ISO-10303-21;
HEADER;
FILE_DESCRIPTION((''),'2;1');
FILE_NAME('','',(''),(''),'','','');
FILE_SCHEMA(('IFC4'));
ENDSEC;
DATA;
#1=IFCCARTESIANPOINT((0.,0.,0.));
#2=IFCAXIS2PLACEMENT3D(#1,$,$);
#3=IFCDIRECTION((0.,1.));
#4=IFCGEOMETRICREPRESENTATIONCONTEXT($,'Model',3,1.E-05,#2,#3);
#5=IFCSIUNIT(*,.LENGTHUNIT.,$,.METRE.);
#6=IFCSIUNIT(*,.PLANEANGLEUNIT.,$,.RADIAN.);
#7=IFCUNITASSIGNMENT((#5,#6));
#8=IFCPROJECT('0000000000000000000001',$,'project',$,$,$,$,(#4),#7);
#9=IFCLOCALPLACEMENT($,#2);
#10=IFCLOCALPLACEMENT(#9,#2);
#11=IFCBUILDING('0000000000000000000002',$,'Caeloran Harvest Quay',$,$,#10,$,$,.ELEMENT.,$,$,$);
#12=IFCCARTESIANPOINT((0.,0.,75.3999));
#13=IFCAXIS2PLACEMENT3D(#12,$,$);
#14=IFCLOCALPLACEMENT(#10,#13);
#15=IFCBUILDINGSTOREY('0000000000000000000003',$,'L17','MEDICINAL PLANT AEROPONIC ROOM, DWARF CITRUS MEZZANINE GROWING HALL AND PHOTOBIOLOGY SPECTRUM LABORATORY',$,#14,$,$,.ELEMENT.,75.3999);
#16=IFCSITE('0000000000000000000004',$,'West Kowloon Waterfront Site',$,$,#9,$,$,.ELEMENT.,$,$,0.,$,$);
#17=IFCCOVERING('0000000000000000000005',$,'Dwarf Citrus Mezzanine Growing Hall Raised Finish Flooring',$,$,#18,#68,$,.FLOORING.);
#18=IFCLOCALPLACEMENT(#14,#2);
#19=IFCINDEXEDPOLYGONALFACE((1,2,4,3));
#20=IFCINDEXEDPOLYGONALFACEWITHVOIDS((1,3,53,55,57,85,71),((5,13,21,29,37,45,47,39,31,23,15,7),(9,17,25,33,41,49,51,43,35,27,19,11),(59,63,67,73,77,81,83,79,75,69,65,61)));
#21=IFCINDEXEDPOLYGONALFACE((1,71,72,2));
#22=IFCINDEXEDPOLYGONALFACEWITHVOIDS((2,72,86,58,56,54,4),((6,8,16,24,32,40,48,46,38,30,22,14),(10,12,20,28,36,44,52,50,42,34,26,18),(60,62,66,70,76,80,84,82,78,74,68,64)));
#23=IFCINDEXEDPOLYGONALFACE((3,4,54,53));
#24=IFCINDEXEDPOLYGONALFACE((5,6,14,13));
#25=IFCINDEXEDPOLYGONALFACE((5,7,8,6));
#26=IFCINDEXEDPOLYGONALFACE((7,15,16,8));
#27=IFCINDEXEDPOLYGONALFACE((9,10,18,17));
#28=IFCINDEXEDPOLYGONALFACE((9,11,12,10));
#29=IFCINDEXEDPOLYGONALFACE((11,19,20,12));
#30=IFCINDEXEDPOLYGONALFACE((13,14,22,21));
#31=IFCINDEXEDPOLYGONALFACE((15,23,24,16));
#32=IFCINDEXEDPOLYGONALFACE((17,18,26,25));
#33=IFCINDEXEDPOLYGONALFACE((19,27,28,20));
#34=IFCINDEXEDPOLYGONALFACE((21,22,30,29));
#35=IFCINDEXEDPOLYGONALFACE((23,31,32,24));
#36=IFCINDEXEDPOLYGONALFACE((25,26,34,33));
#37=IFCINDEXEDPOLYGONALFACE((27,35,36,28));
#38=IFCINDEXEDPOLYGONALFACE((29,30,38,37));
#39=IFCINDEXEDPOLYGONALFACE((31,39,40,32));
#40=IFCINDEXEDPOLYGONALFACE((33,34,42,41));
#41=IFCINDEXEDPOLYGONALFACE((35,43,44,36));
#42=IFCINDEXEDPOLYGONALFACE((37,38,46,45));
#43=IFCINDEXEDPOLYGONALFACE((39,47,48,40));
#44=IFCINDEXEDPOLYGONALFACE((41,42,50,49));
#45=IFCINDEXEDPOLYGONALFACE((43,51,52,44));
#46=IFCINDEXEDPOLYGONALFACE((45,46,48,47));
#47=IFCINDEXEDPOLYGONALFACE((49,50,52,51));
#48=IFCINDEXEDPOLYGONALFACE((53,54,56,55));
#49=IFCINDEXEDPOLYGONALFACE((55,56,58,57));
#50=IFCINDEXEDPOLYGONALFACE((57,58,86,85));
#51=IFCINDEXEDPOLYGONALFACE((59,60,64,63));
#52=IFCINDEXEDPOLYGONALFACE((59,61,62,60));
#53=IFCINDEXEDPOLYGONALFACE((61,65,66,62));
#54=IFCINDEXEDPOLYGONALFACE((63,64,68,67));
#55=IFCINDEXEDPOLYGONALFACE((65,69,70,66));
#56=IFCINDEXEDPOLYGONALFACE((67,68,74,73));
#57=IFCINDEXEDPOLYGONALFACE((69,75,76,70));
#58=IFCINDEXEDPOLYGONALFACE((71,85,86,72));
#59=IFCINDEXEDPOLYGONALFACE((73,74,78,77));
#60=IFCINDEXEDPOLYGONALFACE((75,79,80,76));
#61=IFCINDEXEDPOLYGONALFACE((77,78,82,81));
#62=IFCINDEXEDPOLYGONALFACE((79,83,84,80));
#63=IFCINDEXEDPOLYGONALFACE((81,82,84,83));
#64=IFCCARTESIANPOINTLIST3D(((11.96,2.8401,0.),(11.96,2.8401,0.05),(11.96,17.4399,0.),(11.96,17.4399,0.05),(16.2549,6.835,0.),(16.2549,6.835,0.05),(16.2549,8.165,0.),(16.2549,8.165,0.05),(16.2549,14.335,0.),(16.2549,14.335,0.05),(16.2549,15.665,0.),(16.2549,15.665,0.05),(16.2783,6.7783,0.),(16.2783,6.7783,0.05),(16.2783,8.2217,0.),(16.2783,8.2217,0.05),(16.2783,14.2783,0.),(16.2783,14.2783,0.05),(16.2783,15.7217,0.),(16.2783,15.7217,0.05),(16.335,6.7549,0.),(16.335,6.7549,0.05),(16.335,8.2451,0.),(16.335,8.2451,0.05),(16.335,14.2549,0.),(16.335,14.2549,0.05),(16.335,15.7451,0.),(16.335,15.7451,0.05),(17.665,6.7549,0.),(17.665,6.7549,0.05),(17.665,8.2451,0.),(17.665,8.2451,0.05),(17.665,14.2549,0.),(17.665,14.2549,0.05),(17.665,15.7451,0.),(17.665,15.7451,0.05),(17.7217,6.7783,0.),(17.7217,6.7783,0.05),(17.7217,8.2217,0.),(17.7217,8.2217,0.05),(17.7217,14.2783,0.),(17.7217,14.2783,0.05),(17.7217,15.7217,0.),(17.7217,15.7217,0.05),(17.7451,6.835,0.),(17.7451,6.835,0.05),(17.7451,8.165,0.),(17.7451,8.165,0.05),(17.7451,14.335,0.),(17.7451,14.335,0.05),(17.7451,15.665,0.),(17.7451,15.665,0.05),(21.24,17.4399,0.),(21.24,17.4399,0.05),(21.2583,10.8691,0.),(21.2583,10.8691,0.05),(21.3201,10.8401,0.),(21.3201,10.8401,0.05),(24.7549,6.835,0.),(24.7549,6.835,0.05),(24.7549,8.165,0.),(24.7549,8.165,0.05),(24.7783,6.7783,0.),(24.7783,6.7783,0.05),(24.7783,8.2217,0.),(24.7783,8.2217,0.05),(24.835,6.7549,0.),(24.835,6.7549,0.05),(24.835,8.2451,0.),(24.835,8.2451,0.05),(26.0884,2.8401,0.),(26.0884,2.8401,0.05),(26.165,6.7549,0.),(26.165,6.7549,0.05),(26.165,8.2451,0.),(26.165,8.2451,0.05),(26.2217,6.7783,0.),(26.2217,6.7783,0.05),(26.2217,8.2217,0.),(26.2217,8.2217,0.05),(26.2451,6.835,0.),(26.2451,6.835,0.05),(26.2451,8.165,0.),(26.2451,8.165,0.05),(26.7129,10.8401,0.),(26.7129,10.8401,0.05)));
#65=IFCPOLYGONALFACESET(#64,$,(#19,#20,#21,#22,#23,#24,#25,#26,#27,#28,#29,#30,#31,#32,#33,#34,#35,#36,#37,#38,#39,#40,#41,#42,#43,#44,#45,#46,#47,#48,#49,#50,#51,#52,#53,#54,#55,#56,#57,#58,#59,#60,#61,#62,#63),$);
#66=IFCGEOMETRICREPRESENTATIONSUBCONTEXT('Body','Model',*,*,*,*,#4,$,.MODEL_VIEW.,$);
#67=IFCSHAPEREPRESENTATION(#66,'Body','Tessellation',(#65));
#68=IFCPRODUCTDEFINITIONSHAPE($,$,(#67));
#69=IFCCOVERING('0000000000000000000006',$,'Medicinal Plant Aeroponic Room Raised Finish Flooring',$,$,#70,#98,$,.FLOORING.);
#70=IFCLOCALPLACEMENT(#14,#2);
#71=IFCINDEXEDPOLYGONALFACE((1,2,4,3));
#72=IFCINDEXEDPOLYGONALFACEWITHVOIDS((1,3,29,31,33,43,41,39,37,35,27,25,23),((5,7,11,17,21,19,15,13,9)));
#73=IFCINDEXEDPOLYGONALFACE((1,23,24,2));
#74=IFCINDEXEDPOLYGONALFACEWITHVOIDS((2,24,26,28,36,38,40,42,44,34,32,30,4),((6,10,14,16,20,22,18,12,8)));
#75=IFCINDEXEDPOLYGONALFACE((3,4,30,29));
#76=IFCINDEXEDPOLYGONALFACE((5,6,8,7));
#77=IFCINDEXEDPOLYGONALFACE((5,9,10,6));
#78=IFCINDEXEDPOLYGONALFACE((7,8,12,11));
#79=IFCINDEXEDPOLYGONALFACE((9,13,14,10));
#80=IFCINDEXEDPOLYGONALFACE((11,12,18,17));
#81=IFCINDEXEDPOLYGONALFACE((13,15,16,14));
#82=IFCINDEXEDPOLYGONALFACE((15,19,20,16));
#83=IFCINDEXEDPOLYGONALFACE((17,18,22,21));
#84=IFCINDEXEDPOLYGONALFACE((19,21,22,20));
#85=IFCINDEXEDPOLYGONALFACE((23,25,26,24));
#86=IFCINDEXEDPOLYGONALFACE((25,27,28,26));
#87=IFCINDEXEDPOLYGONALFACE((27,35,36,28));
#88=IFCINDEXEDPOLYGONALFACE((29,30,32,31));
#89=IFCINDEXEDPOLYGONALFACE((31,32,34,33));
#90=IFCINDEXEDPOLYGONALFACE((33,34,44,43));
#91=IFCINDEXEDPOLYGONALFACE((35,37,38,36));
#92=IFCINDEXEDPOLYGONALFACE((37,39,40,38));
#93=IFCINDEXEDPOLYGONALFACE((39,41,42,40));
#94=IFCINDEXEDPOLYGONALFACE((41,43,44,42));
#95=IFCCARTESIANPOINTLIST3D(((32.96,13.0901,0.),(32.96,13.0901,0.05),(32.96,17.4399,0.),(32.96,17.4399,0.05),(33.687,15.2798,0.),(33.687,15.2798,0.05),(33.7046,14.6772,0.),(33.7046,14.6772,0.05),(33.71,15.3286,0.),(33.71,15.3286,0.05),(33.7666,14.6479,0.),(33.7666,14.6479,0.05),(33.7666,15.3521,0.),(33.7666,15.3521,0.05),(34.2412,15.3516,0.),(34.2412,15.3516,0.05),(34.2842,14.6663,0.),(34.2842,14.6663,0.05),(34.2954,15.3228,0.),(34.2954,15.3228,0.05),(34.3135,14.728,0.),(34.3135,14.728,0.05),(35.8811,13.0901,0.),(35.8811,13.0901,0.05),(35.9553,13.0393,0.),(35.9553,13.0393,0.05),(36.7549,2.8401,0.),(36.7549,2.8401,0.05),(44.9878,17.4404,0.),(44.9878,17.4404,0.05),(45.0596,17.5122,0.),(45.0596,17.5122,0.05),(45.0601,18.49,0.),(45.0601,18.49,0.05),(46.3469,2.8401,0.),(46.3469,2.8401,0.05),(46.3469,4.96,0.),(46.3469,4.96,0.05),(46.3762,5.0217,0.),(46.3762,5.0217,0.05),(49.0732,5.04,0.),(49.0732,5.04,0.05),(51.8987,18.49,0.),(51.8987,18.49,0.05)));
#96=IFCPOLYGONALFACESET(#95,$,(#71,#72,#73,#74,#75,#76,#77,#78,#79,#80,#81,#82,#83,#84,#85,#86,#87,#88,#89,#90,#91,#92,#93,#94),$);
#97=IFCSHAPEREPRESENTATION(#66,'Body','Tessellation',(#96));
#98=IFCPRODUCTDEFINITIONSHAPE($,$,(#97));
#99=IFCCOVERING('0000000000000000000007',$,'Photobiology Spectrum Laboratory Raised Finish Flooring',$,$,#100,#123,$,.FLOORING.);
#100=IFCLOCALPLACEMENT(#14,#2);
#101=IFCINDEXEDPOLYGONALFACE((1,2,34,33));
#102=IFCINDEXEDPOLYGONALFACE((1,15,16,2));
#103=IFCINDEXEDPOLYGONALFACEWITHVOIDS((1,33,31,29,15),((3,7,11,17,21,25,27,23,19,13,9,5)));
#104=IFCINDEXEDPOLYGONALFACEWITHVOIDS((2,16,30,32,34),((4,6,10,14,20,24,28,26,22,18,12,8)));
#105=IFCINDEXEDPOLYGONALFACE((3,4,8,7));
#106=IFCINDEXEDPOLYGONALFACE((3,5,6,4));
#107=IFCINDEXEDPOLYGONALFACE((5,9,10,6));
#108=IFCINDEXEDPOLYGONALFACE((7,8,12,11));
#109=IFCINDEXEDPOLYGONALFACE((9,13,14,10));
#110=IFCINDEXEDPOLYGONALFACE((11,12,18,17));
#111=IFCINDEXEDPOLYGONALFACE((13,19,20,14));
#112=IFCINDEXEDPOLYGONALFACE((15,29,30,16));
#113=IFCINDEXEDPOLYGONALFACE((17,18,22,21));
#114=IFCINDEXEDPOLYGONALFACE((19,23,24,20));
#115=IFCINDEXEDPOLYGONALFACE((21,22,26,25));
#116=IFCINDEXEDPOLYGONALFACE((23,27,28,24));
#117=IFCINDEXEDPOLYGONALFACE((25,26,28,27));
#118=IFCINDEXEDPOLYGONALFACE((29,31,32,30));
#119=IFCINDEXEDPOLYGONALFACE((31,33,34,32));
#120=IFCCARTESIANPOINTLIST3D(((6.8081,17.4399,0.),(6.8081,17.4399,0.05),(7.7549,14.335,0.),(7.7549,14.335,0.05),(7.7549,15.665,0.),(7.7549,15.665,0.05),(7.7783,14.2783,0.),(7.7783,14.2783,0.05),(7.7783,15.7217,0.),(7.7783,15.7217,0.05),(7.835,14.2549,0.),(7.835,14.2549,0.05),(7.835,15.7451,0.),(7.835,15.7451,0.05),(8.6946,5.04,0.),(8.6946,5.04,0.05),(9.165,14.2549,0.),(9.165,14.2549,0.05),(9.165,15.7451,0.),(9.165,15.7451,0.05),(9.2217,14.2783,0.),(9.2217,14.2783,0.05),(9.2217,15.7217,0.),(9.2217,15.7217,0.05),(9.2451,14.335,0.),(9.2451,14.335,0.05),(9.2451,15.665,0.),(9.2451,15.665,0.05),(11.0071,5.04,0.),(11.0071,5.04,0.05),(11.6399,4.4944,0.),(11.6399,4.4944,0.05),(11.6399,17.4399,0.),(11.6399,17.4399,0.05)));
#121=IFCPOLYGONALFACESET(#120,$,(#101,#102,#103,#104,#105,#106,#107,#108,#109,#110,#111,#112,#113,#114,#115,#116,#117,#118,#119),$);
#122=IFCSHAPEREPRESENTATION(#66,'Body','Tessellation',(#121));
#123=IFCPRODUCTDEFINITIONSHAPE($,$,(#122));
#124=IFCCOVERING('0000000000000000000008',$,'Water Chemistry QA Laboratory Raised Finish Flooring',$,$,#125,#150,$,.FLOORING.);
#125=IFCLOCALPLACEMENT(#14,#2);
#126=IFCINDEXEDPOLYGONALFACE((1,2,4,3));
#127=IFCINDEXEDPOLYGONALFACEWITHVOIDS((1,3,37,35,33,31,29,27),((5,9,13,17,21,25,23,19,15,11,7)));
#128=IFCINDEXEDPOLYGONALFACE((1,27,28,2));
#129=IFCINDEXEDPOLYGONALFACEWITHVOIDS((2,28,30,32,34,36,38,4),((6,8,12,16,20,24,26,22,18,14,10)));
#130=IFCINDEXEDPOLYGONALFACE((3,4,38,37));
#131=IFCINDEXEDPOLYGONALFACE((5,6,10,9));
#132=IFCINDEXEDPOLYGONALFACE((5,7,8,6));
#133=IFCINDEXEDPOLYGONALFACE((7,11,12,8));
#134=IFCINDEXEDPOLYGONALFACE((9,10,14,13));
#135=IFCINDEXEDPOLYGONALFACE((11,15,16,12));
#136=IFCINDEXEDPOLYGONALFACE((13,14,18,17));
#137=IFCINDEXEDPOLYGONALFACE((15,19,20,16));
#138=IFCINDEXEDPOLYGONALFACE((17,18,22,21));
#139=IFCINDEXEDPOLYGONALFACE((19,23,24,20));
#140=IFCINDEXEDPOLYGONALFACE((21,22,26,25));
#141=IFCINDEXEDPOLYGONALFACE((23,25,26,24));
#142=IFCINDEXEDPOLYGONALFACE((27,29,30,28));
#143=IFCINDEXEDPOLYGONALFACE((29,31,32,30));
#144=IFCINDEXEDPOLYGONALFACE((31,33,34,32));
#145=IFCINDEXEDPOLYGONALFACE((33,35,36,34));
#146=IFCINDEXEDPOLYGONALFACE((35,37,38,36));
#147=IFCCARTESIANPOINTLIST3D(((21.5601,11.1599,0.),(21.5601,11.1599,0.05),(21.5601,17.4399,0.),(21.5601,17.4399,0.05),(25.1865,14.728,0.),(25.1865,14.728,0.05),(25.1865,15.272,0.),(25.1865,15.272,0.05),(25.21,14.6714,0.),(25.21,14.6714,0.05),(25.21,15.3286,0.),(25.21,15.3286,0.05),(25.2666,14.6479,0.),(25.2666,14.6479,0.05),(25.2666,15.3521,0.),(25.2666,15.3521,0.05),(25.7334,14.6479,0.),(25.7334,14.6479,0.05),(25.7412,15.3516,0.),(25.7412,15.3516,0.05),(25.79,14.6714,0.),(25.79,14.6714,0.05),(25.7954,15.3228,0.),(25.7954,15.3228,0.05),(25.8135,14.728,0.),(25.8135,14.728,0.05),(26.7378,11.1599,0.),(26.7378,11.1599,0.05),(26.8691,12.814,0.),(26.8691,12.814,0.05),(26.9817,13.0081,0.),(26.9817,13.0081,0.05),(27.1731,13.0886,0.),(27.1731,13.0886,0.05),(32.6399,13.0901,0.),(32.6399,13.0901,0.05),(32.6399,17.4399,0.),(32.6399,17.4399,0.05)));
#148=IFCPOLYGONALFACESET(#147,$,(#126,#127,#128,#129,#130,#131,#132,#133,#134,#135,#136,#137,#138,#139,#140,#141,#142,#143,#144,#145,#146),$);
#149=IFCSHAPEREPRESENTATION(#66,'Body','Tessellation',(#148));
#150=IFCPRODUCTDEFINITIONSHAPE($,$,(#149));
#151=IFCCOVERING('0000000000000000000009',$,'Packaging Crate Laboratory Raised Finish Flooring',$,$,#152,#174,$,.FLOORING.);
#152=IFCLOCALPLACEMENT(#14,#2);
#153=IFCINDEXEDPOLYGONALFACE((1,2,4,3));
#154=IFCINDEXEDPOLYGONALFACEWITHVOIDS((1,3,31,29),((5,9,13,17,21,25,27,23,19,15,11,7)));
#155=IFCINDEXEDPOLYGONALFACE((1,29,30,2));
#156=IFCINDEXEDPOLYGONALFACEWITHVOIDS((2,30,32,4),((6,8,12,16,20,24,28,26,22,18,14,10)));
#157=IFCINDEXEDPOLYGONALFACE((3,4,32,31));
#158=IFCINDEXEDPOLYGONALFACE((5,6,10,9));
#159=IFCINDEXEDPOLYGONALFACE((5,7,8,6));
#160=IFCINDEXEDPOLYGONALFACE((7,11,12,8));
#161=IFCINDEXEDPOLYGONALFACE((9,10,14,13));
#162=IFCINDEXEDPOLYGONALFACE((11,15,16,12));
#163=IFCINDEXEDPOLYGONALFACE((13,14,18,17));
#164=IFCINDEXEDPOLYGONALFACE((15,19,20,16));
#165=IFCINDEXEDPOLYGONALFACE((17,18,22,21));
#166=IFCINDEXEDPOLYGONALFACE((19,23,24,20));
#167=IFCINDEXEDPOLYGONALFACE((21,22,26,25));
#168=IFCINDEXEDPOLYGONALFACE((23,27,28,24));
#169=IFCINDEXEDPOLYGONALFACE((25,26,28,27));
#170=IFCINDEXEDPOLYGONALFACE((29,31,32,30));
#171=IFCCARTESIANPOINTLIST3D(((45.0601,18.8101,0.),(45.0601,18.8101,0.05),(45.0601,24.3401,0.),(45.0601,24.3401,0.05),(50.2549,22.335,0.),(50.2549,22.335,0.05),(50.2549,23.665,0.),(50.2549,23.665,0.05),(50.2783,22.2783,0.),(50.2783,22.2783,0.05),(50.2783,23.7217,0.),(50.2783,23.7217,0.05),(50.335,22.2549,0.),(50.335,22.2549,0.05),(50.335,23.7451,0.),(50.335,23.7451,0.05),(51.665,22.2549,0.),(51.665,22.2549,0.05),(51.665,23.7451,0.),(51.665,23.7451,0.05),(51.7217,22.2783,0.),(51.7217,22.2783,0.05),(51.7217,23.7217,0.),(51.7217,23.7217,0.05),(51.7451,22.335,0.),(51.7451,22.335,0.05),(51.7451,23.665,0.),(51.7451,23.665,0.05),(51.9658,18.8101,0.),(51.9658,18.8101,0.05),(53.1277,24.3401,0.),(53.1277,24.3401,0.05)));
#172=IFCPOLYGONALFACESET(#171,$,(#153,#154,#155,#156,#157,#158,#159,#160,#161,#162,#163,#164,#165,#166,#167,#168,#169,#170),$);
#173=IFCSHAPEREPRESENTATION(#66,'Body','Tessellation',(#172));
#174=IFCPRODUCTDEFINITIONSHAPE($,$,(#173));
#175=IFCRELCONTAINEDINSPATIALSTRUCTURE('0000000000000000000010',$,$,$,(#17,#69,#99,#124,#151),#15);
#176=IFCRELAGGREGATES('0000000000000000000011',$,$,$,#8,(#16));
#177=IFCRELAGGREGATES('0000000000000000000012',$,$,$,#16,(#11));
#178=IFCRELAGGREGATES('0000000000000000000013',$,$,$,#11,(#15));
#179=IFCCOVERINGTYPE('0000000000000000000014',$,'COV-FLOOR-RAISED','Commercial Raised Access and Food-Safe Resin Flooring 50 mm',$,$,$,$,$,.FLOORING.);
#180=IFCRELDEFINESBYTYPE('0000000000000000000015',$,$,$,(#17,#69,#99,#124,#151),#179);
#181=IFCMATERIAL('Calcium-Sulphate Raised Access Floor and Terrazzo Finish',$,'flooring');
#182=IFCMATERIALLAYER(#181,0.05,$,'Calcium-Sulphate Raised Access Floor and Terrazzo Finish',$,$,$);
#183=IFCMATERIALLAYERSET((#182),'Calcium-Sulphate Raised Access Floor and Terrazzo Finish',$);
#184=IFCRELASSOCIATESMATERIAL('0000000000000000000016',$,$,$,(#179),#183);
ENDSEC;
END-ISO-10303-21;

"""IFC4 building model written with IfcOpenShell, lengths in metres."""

from ifc_helpers import new_model, si_unit, direction, frame, origin, place, context, subcontext, project, spatial, polyline, outline, extrude, material, layer, layer_set, type_object, element, save


model = new_model("IFC4")

# Units and contexts
model_context = context("Model", 3, precision=1e-05, world=origin(), true_north=direction((0.0, 1.0)))
body_context = subcontext(model_context, "Body", "Model", "MODEL_VIEW")
ifc_project = project(units=[si_unit("LENGTHUNIT", "METRE"), si_unit("PLANEANGLEUNIT", "RADIAN")], contexts=[model_context])

# Site, building, storey
site_placement = place(None, origin())
site = spatial("IfcSite", under=ifc_project, at=site_placement, Name="West Kowloon Waterfront Site", CompositionType="ELEMENT", RefElevation=0.0)
building_placement = place(site_placement, origin())
building = spatial("IfcBuilding", under=site, at=building_placement, Name="Caeloran Harvest Quay", CompositionType="ELEMENT")
storey_placement = place(building_placement, frame((0.0, 0.0, 75.3999)))
storey = spatial("IfcBuildingStorey", under=building, at=storey_placement, Name="L17", Description="MEDICINAL PLANT AEROPONIC ROOM, DWARF CITRUS MEZZANINE GROWING HALL AND PHOTOBIOLOGY SPECTRUM LABORATORY", CompositionType="ELEMENT", Elevation=75.3999)

# Coverings
ifc_material_1 = material(Name="Calcium-Sulphate Raised Access Floor and Terrazzo Finish", Category="flooring")
ifc_layer_1 = layer(ifc_material_1, 0.05, Name="Calcium-Sulphate Raised Access Floor and Terrazzo Finish")
ifc_layer_set_1 = layer_set([ifc_layer_1], Name="Calcium-Sulphate Raised Access Floor and Terrazzo Finish")
covering_type_1 = type_object("IfcCoveringType", Name="COV-FLOOR-RAISED", Description="Commercial Raised Access and Food-Safe Resin Flooring 50 mm", PredefinedType="FLOORING", material=ifc_layer_set_1)
covering_1_placement = place(storey_placement, origin())
element("IfcCovering", 1, at=covering_1_placement, inside=storey, type_object=covering_type_1, Name="Dwarf Citrus Mezzanine Growing Hall Raised Finish Flooring", PredefinedType="FLOORING", context=body_context, shape_type="SweptSolid", body=[
    extrude(outline(polyline([(11.96, 17.4399), (21.24, 17.4399), (21.2583, 10.8691), (21.3201, 10.8401), (26.7129, 10.8401), (26.0884, 2.8401), (11.96, 2.8401), (11.96, 17.4399)]), holes=[polyline([(26.2451, 8.165), (26.2217, 8.2217), (26.165, 8.2451), (24.835, 8.2451), (24.7783, 8.2217), (24.7549, 8.165), (24.7549, 6.835), (24.7783, 6.7783), (24.835, 6.7549), (26.165, 6.7549), (26.2217, 6.7783), (26.2451, 6.835), (26.2451, 8.165)]), polyline([(16.335, 8.2451), (16.2783, 8.2217), (16.2549, 8.165), (16.2549, 6.835), (16.2783, 6.7783), (16.335, 6.7549), (17.665, 6.7549), (17.7217, 6.7783), (17.7451, 6.835), (17.7451, 8.165), (17.7217, 8.2217), (17.665, 8.2451), (16.335, 8.2451)]), polyline([(17.7451, 15.665), (17.7217, 15.7217), (17.665, 15.7451), (16.335, 15.7451), (16.2783, 15.7217), (16.2549, 15.665), (16.2549, 14.335), (16.2783, 14.2783), (16.335, 14.2549), (17.665, 14.2549), (17.7217, 14.2783), (17.7451, 14.335), (17.7451, 15.665)])]), origin(), (0.0, 0.0, 1.0), 0.05),
])
covering_2_placement = place(storey_placement, origin())
element("IfcCovering", 2, at=covering_2_placement, inside=storey, type_object=covering_type_1, Name="Medicinal Plant Aeroponic Room Raised Finish Flooring", PredefinedType="FLOORING", context=body_context, shape_type="SweptSolid", body=[
    extrude(outline(polyline([(32.96, 13.0901), (32.96, 17.4399), (44.9878, 17.4404), (45.0596, 17.5122), (45.0601, 18.49), (51.8987, 18.49), (49.0732, 5.04), (46.3762, 5.0217), (46.3469, 4.96), (46.3469, 2.8401), (36.7549, 2.8401), (35.9553, 13.0393), (35.8811, 13.0901), (32.96, 13.0901)]), holes=[polyline([(33.7666, 15.3521), (33.71, 15.3286), (33.687, 15.2798), (33.7046, 14.6772), (33.7666, 14.6479), (34.2842, 14.6663), (34.3135, 14.728), (34.2954, 15.3228), (34.2412, 15.3516), (33.7666, 15.3521)])]), origin(), (0.0, 0.0, 1.0), 0.05),
])
covering_3_placement = place(storey_placement, origin())
element("IfcCovering", 3, at=covering_3_placement, inside=storey, type_object=covering_type_1, Name="Photobiology Spectrum Laboratory Raised Finish Flooring", PredefinedType="FLOORING", context=body_context, shape_type="SweptSolid", body=[
    extrude(outline(polyline([(11.6399, 4.4944), (11.0071, 5.04), (8.6946, 5.04), (6.8081, 17.4399), (11.6399, 17.4399), (11.6399, 4.4944)]), holes=[polyline([(9.2451, 15.665), (9.2217, 15.7217), (9.165, 15.7451), (7.835, 15.7451), (7.7783, 15.7217), (7.7549, 15.665), (7.7549, 14.335), (7.7783, 14.2783), (7.835, 14.2549), (9.165, 14.2549), (9.2217, 14.2783), (9.2451, 14.335), (9.2451, 15.665)])]), origin(), (0.0, 0.0, 1.0), 0.05),
])
covering_4_placement = place(storey_placement, origin())
element("IfcCovering", 4, at=covering_4_placement, inside=storey, type_object=covering_type_1, Name="Water Chemistry QA Laboratory Raised Finish Flooring", PredefinedType="FLOORING", context=body_context, shape_type="SweptSolid", body=[
    extrude(outline(polyline([(27.1731, 13.0886), (26.9817, 13.0081), (26.8691, 12.814), (26.7378, 11.1599), (21.5601, 11.1599), (21.5601, 17.4399), (32.6399, 17.4399), (32.6399, 13.0901), (27.1731, 13.0886)]), holes=[polyline([(25.8135, 14.728), (25.7954, 15.3228), (25.7412, 15.3516), (25.2666, 15.3521), (25.21, 15.3286), (25.1865, 15.272), (25.1865, 14.728), (25.21, 14.6714), (25.2666, 14.6479), (25.7334, 14.6479), (25.79, 14.6714), (25.8135, 14.728)])]), origin(), (0.0, 0.0, 1.0), 0.05),
])
covering_5_placement = place(storey_placement, origin())
element("IfcCovering", 5, at=covering_5_placement, inside=storey, type_object=covering_type_1, Name="Packaging Crate Laboratory Raised Finish Flooring", PredefinedType="FLOORING", context=body_context, shape_type="SweptSolid", body=[
    extrude(outline(polyline([(45.0601, 18.8101), (45.0601, 24.3401), (53.1277, 24.3401), (51.9658, 18.8101), (45.0601, 18.8101)]), holes=[polyline([(51.7451, 23.665), (51.7217, 23.7217), (51.665, 23.7451), (50.335, 23.7451), (50.2783, 23.7217), (50.2549, 23.665), (50.2549, 22.335), (50.2783, 22.2783), (50.335, 22.2549), (51.665, 22.2549), (51.7217, 22.2783), (51.7451, 22.335), (51.7451, 23.665)])]), origin(), (0.0, 0.0, 1.0), 0.05),
])

save(model, "model.ifc")
